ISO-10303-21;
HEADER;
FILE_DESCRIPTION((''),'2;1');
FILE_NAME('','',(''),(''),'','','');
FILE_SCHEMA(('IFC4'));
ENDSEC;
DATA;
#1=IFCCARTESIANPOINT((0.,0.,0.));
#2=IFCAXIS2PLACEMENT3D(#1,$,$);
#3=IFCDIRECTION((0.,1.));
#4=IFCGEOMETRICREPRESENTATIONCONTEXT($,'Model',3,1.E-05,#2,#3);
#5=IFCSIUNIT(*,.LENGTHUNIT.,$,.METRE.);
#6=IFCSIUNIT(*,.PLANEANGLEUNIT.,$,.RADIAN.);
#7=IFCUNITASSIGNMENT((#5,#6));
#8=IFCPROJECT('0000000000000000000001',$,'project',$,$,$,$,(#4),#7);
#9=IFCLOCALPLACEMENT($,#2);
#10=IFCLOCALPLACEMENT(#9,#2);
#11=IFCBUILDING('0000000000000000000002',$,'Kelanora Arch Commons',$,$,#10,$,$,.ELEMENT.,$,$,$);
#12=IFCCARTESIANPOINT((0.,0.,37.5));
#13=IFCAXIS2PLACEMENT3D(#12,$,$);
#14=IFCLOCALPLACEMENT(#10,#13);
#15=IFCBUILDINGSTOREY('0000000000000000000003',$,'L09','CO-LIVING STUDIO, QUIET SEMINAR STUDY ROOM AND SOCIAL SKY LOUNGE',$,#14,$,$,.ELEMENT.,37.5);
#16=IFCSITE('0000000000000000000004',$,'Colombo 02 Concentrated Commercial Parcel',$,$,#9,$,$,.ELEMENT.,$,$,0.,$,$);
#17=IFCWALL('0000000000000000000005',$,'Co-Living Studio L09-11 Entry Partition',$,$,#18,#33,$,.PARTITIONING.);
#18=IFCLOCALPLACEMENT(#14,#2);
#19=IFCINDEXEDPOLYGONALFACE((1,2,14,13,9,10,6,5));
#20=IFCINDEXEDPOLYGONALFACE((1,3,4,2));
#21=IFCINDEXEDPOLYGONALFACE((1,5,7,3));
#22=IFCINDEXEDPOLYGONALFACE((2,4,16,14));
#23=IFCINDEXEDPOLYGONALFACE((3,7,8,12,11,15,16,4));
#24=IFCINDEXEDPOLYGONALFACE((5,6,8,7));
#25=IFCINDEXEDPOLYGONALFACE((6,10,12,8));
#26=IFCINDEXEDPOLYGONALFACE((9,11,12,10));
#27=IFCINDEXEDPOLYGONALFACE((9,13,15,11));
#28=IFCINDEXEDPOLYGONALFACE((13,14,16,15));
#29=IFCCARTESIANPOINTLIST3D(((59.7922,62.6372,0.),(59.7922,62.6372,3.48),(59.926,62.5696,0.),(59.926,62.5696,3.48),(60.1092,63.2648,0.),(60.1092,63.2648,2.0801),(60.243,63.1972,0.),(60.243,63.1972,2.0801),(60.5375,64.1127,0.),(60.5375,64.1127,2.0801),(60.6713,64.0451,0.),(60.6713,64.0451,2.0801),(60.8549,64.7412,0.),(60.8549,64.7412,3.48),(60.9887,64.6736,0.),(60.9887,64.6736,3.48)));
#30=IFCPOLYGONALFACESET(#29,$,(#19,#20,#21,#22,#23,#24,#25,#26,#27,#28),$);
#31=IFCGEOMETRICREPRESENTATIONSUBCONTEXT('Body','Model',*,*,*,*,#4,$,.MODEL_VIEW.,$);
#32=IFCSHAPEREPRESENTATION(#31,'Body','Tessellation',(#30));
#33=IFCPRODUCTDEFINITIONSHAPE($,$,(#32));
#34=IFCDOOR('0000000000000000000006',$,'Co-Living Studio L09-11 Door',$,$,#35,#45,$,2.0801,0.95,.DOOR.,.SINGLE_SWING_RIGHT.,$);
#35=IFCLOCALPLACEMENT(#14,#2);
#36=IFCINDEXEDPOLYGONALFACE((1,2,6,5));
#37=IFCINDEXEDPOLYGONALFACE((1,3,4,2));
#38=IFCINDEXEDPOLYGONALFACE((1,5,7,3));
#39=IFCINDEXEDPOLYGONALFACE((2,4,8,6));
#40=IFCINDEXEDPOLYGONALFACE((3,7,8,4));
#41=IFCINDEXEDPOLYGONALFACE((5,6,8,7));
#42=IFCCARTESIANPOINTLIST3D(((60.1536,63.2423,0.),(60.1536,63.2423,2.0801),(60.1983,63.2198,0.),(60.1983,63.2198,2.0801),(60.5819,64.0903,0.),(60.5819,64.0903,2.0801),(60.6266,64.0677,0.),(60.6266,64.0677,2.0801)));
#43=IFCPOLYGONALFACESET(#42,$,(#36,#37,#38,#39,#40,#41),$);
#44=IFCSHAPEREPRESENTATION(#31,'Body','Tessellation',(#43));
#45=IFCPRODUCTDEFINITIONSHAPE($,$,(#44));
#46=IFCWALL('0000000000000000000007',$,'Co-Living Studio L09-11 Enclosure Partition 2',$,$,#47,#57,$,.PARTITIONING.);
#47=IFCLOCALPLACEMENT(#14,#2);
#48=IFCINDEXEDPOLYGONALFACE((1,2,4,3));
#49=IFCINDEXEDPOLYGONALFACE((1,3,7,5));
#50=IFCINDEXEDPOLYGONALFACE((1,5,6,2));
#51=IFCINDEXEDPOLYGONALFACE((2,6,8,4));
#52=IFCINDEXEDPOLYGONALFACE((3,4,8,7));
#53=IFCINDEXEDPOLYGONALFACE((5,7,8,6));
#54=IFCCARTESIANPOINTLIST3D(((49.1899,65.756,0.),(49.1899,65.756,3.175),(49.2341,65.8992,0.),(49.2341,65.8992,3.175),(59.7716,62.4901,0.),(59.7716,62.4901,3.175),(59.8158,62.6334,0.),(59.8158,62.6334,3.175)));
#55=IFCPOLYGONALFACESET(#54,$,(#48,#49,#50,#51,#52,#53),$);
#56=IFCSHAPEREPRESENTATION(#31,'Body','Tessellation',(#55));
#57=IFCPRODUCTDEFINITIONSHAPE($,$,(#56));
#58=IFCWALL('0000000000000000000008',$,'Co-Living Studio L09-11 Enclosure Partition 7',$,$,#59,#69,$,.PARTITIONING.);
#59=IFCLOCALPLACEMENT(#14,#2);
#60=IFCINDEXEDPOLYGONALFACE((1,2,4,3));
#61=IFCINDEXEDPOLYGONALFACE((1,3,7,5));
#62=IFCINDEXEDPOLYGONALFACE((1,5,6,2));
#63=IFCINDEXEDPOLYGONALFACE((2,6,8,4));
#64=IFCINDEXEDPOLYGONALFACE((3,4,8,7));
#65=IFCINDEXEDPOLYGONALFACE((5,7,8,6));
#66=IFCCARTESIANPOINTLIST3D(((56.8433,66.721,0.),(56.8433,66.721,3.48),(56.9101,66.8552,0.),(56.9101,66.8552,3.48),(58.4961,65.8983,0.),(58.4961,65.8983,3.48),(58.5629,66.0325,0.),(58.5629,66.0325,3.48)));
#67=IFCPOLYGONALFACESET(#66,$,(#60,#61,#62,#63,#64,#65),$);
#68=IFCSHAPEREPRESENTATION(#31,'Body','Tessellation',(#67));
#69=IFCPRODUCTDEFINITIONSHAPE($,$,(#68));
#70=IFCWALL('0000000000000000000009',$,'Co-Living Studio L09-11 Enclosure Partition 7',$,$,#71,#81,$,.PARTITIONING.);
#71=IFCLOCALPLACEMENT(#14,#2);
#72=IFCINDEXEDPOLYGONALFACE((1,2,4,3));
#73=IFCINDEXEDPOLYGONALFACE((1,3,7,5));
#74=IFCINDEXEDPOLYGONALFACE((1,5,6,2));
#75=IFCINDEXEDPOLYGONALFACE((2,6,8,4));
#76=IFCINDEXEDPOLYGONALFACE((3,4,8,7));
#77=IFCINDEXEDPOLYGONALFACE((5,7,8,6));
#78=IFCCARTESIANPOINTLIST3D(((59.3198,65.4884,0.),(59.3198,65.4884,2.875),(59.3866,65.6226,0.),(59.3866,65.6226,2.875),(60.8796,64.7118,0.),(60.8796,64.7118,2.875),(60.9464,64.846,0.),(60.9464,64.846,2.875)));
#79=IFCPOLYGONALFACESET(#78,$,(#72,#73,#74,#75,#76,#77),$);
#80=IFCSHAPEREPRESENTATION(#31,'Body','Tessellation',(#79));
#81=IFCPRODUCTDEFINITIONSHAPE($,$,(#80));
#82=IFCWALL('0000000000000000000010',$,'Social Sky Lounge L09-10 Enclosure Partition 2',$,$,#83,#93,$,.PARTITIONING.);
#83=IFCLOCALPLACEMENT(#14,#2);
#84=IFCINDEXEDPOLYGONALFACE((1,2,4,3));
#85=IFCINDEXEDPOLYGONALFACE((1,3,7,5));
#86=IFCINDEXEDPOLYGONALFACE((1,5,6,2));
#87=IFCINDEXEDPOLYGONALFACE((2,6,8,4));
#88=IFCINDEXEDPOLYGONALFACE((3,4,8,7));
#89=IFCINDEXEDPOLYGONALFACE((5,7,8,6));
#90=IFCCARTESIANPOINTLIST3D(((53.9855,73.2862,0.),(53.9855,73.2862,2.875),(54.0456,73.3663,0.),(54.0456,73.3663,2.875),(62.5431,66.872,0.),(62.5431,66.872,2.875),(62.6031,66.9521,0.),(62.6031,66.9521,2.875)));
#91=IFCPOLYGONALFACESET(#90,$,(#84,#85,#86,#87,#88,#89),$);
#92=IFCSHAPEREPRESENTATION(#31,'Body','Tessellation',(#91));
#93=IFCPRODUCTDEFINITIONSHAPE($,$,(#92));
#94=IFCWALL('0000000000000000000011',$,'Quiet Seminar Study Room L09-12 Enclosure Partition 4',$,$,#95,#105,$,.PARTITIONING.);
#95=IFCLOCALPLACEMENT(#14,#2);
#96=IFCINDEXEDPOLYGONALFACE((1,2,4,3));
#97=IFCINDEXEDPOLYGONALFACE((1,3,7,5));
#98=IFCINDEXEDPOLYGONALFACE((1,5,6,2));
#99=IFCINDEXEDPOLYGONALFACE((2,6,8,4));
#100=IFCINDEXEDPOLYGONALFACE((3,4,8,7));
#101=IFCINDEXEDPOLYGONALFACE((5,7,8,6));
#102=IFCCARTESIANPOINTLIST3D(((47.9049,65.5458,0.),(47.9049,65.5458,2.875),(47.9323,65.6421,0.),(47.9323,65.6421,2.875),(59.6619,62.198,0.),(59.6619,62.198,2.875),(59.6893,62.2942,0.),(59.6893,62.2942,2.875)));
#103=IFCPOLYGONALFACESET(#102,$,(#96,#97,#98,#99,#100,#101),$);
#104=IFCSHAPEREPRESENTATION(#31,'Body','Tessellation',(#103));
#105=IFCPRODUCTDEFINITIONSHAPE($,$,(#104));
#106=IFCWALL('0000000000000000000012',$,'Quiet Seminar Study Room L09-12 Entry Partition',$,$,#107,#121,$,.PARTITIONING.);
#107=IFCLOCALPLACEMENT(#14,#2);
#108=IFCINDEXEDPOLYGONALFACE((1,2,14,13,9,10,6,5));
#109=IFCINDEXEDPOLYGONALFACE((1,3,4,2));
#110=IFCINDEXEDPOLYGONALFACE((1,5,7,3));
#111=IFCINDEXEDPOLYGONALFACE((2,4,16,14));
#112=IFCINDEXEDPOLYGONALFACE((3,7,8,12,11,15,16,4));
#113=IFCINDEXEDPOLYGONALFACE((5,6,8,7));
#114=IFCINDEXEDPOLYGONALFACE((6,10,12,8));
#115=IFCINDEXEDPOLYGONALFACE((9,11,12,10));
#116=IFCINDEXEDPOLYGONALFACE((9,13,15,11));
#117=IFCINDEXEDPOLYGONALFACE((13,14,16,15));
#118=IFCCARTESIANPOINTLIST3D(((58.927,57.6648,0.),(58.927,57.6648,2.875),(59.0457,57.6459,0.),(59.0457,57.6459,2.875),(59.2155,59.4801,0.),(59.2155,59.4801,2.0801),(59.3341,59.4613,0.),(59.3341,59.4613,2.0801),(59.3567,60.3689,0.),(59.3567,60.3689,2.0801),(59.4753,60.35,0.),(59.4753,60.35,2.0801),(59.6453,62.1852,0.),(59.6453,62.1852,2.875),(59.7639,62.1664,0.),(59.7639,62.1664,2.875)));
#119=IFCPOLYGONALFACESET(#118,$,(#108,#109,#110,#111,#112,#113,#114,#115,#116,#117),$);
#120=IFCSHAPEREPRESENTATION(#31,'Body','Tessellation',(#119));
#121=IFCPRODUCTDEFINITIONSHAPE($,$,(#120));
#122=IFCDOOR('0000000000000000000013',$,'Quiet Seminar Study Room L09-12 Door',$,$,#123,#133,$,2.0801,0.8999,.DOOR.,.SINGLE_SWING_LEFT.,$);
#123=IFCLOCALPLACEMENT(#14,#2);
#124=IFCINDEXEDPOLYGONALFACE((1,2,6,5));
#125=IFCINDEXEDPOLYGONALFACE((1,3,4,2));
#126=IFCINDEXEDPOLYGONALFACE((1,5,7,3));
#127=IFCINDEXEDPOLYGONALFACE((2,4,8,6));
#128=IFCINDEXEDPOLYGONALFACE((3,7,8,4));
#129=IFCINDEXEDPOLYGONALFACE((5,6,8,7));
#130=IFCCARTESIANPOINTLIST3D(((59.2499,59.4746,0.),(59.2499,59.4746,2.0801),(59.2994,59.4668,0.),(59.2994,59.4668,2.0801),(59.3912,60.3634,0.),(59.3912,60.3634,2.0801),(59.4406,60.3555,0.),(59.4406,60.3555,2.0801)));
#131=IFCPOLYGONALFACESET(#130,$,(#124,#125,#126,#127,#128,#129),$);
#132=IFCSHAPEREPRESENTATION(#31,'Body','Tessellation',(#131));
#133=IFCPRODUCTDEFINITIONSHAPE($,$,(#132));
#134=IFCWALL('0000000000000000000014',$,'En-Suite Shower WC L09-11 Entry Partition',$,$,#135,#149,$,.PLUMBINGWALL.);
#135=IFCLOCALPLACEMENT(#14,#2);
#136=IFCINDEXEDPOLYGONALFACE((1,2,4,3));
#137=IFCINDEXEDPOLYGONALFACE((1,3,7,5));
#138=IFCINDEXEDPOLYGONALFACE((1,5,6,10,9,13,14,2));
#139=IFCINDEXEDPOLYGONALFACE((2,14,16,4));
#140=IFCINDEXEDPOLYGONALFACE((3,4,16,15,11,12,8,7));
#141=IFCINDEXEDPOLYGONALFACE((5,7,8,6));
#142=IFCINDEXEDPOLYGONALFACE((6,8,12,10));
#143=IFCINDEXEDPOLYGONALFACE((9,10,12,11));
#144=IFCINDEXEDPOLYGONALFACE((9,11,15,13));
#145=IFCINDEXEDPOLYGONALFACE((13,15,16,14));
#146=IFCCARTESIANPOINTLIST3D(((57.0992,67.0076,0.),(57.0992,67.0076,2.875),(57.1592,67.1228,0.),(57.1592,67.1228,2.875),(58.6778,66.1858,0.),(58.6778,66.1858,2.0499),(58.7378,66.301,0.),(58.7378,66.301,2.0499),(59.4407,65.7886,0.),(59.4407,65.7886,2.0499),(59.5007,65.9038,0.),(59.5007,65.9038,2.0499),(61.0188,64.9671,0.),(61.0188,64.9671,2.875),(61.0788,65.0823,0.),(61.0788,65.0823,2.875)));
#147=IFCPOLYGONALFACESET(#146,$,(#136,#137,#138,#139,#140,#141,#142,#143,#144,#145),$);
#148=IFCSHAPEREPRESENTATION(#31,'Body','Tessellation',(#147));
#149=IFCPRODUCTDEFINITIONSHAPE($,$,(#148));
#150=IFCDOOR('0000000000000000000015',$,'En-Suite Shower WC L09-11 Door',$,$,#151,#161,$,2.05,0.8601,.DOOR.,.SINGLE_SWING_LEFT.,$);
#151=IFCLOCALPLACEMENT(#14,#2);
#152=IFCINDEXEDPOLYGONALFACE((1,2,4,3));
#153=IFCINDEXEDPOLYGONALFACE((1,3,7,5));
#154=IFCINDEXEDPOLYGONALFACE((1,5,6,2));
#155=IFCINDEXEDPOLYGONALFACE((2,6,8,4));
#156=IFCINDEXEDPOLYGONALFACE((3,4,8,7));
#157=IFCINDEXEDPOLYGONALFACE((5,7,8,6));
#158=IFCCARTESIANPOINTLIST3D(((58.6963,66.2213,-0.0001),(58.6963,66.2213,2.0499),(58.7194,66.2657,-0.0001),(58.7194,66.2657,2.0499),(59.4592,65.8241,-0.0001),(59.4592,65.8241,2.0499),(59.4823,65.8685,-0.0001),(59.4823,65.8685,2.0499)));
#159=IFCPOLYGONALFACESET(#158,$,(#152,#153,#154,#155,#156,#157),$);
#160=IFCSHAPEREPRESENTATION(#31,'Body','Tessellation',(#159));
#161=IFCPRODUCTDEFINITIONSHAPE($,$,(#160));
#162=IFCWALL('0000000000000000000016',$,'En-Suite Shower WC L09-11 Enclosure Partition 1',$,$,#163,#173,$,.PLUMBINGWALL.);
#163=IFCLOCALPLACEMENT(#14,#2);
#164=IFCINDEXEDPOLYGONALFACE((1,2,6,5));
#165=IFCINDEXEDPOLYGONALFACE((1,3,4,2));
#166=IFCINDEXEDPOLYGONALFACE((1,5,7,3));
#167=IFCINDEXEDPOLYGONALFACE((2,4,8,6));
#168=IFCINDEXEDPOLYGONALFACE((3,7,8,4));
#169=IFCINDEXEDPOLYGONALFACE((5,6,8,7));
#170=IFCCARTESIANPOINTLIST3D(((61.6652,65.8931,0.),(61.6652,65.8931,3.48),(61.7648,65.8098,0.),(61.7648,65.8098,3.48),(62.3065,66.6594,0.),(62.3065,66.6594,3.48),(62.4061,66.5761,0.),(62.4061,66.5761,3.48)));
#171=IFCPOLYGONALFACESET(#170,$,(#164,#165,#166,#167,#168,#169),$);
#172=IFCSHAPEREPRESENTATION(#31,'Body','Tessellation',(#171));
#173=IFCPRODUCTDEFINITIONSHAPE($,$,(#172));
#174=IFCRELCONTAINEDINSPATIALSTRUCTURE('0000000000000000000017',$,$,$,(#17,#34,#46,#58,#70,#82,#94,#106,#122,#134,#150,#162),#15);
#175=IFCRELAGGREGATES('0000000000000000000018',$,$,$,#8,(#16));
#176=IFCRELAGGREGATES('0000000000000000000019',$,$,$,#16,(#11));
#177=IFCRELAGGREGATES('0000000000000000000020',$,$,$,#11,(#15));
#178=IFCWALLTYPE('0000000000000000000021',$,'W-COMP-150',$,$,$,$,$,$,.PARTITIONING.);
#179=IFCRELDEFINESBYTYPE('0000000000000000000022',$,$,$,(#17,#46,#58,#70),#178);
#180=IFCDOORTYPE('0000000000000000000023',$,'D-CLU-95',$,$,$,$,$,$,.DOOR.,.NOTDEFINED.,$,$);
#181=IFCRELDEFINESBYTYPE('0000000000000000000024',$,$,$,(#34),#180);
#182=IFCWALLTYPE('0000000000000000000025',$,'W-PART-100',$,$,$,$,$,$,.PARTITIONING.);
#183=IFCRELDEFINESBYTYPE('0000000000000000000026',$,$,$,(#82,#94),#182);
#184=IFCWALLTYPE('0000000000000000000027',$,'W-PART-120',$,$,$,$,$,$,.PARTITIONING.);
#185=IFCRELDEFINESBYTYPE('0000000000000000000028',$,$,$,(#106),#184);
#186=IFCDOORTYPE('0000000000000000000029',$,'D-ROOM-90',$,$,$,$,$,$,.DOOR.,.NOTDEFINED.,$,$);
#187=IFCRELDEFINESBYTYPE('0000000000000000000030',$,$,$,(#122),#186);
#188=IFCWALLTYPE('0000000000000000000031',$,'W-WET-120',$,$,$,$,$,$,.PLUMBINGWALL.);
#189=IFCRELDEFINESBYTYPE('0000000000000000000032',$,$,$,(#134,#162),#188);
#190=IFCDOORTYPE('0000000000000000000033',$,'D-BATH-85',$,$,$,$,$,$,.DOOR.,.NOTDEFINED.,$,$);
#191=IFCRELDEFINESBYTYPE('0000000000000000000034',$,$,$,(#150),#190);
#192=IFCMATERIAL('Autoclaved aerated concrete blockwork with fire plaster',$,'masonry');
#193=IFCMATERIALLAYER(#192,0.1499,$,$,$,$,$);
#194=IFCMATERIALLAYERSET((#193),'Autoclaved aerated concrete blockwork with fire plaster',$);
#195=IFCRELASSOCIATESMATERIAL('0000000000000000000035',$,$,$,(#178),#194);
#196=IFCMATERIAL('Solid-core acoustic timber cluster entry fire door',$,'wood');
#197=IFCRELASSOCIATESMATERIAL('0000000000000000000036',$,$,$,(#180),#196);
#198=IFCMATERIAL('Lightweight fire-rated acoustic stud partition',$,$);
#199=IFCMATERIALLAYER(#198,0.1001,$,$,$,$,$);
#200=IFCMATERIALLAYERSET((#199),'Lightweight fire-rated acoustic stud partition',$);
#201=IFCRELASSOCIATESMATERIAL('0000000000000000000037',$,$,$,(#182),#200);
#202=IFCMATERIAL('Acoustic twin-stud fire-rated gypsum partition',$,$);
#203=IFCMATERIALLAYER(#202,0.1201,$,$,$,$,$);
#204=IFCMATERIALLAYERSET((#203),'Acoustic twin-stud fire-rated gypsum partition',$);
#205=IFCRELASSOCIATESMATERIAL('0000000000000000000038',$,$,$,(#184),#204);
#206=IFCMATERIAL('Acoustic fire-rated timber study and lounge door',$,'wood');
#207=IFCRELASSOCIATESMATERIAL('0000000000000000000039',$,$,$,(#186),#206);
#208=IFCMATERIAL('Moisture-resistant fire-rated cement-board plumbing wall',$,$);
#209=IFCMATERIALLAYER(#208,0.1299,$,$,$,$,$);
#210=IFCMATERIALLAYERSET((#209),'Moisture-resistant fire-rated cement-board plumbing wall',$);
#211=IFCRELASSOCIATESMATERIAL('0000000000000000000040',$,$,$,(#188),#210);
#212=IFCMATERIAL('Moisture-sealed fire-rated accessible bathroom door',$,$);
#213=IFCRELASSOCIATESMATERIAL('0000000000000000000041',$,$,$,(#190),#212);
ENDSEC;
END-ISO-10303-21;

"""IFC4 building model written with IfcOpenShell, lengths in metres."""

from ifc_helpers import new_model, si_unit, direction, frame, frame_2d, origin, place, context, subcontext, project, spatial, rectangle, extrude, material, layer, layer_set, type_object, element, fill, save


model = new_model("IFC4")

# Units and contexts
model_context = context("Model", 3, precision=1e-05, world=origin(), true_north=direction((0.0, 1.0)))
body_context = subcontext(model_context, "Body", "Model", "MODEL_VIEW")
ifc_project = project(units=[si_unit("LENGTHUNIT", "METRE"), si_unit("PLANEANGLEUNIT", "RADIAN")], contexts=[model_context])

# Site, building, storey
site_placement = place(None, origin())
site = spatial("IfcSite", under=ifc_project, at=site_placement, Name="Colombo 02 Concentrated Commercial Parcel", CompositionType="ELEMENT", RefElevation=0.0)
building_placement = place(site_placement, origin())
building = spatial("IfcBuilding", under=site, at=building_placement, Name="Kelanora Arch Commons", CompositionType="ELEMENT")
storey_placement = place(building_placement, frame((0.0, 0.0, 37.5)))
storey = spatial("IfcBuildingStorey", under=building, at=storey_placement, Name="L09", Description="CO-LIVING STUDIO, QUIET SEMINAR STUDY ROOM AND SOCIAL SKY LOUNGE", CompositionType="ELEMENT", Elevation=37.5)

# Wall, opening, door
ifc_material_1 = material(Name="Autoclaved aerated concrete blockwork with fire plaster", Category="masonry")
ifc_layer_1 = layer(ifc_material_1, 0.1499)
ifc_layer_set_1 = layer_set([ifc_layer_1], Name="Autoclaved aerated concrete blockwork with fire plaster")
wall_type_1 = type_object("IfcWallType", Name="W-COMP-150", PredefinedType="PARTITIONING", material=ifc_layer_set_1)
wall_1_placement = place(storey_placement, frame((60.9219, 64.7075, 0.0), z_axis=(0.0, 0.0, 1.0), x_axis=(-0.450856, -0.892597, 0.0)))
wall_1 = element("IfcWall", 1, at=wall_1_placement, inside=storey, type_object=wall_type_1, Name="Co-Living Studio L09-11 Entry Partition", PredefinedType="PARTITIONING", context=body_context, shape_type="SweptSolid", body=[
    extrude(rectangle(XDim=2.3572, YDim=0.1499, at=frame_2d((1.1787, 0.0))), origin(), (0.0, 0.0, 1.0), 3.48),
])
opening_1_placement = place(wall_1_placement, frame((0.7041, 0.0, 0.0)))
opening_1 = element("IfcOpeningElement", 2, at=opening_1_placement, cuts=wall_1, PredefinedType="OPENING", context=body_context, shape_type="SweptSolid", body=[
    extrude(rectangle(XDim=0.95, YDim=2.0801, at=frame_2d((0.4751, 1.04))), frame((0.0, 0.085, 0.0), z_axis=(0.0, -1.0, 0.0), x_axis=(1.0, 0.0, 0.0)), (0.0, 0.0, 1.0), 0.1699),
])
ifc_material_2 = material(Name="Solid-core acoustic timber cluster entry fire door", Category="wood")
door_type_1 = type_object("IfcDoorType", Name="D-CLU-95", OperationType="NOTDEFINED", PredefinedType="DOOR", material=ifc_material_2)
door_1_placement = place(opening_1_placement, origin())
door_1 = element("IfcDoor", 3, at=door_1_placement, inside=storey, type_object=door_type_1, Name="Co-Living Studio L09-11 Door", OperationType="SINGLE_SWING_RIGHT", OverallHeight=2.0801, OverallWidth=0.95, PredefinedType="DOOR", context=body_context, shape_type="SweptSolid", body=[
    extrude(rectangle(XDim=0.95, YDim=2.0801, at=frame_2d((0.4751, 1.04))), frame((0.0, 0.0249, 0.0), z_axis=(0.0, -1.0, 0.0), x_axis=(1.0, 0.0, 0.0)), (0.0, 0.0, 1.0), 0.05),
])
fill(opening_1, door_1)

# Walls
wall_2_placement = place(storey_placement, frame((59.7937, 62.5618, 0.0), z_axis=(0.0, 0.0, 1.0), x_axis=(-0.955527, 0.294905, 0.0)))
element("IfcWall", 4, at=wall_2_placement, inside=storey, type_object=wall_type_1, Name="Co-Living Studio L09-11 Enclosure Partition 2", PredefinedType="PARTITIONING", context=body_context, shape_type="SweptSolid", body=[
    extrude(rectangle(XDim=11.0742, YDim=0.1499, at=frame_2d((5.5371, 0.0))), origin(), (0.0, 0.0, 1.0), 3.175),
])
wall_3_placement = place(storey_placement, frame((56.8767, 66.7881, 0.0), z_axis=(0.0, 0.0, 1.0), x_axis=(0.895219, -0.445626, 0.0)))
element("IfcWall", 5, at=wall_3_placement, inside=storey, type_object=wall_type_1, Name="Co-Living Studio L09-11 Enclosure Partition 7", PredefinedType="PARTITIONING", context=body_context, shape_type="SweptSolid", body=[
    extrude(rectangle(XDim=1.8462, YDim=0.1499, at=frame_2d((0.9231, 0.0))), origin(), (0.0, 0.0, 1.0), 3.48),
])
wall_4_placement = place(storey_placement, frame((59.3533, 65.5554, 0.0), z_axis=(0.0, 0.0, 1.0), x_axis=(0.895183, -0.4457, 0.0)))
element("IfcWall", 6, at=wall_4_placement, inside=storey, type_object=wall_type_1, Name="Co-Living Studio L09-11 Enclosure Partition 7", PredefinedType="PARTITIONING", context=body_context, shape_type="SweptSolid", body=[
    extrude(rectangle(XDim=1.7424, YDim=0.1499, at=frame_2d((0.8711, 0.0))), origin(), (0.0, 0.0, 1.0), 2.875),
])
ifc_material_3 = material(Name="Lightweight fire-rated acoustic stud partition")
ifc_layer_2 = layer(ifc_material_3, 0.1001)
ifc_layer_set_2 = layer_set([ifc_layer_2], Name="Lightweight fire-rated acoustic stud partition")
wall_type_2 = type_object("IfcWallType", Name="W-PART-100", PredefinedType="PARTITIONING", material=ifc_layer_set_2)
wall_5_placement = place(storey_placement, frame((62.573, 66.9121, 0.0), z_axis=(0.0, 0.0, 1.0), x_axis=(-0.800175, 0.599766, 0.0)))
element("IfcWall", 7, at=wall_5_placement, inside=storey, type_object=wall_type_2, Name="Social Sky Lounge L09-10 Enclosure Partition 2", PredefinedType="PARTITIONING", context=body_context, shape_type="SweptSolid", body=[
    extrude(rectangle(XDim=10.6946, YDim=0.1001, at=frame_2d((5.3472, 0.0))), origin(), (0.0, 0.0, 1.0), 2.875),
])
wall_6_placement = place(storey_placement, frame((47.9185, 65.594, 0.0), z_axis=(0.0, 0.0, 1.0), x_axis=(0.961767, -0.273869, 0.0)))
element("IfcWall", 8, at=wall_6_placement, inside=storey, type_object=wall_type_2, Name="Quiet Seminar Study Room L09-12 Enclosure Partition 4", PredefinedType="PARTITIONING", context=body_context, shape_type="SweptSolid", body=[
    extrude(rectangle(XDim=12.2244, YDim=0.1001, at=frame_2d((6.1123, 0.0))), origin(), (0.0, 0.0, 1.0), 2.875),
])

# Walls, openings, doors
ifc_material_4 = material(Name="Acoustic twin-stud fire-rated gypsum partition")
ifc_layer_3 = layer(ifc_material_4, 0.1201)
ifc_layer_set_3 = layer_set([ifc_layer_3], Name="Acoustic twin-stud fire-rated gypsum partition")
wall_type_3 = type_object("IfcWallType", Name="W-PART-120", PredefinedType="PARTITIONING", material=ifc_layer_set_3)
wall_7_placement = place(storey_placement, frame((59.7046, 62.1758, 0.0), z_axis=(0.0, 0.0, 1.0), x_axis=(-0.156921, -0.987611, 0.0)))
wall_7 = element("IfcWall", 9, at=wall_7_placement, inside=storey, type_object=wall_type_3, Name="Quiet Seminar Study Room L09-12 Entry Partition", PredefinedType="PARTITIONING", context=body_context, shape_type="SweptSolid", body=[
    extrude(rectangle(XDim=4.5771, YDim=0.1201, at=frame_2d((2.2886, 0.0))), origin(), (0.0, 0.0, 1.0), 2.875),
])
opening_2_placement = place(wall_7_placement, frame((1.8391, 0.0, 0.0)))
opening_2 = element("IfcOpeningElement", 10, at=opening_2_placement, cuts=wall_7, PredefinedType="OPENING", context=body_context, shape_type="SweptSolid", body=[
    extrude(rectangle(XDim=0.8999, YDim=2.0801, at=frame_2d((0.45, 1.04))), frame((0.0, 0.0701, 0.0), z_axis=(0.0, -1.0, 0.0), x_axis=(1.0, 0.0, 0.0)), (0.0, 0.0, 1.0), 0.1401),
])
ifc_material_5 = material(Name="Acoustic fire-rated timber study and lounge door", Category="wood")
door_type_2 = type_object("IfcDoorType", Name="D-ROOM-90", OperationType="NOTDEFINED", PredefinedType="DOOR", material=ifc_material_5)
door_2_placement = place(opening_2_placement, origin())
door_2 = element("IfcDoor", 11, at=door_2_placement, inside=storey, type_object=door_type_2, Name="Quiet Seminar Study Room L09-12 Door", OperationType="SINGLE_SWING_LEFT", OverallHeight=2.0801, OverallWidth=0.8999, PredefinedType="DOOR", context=body_context, shape_type="SweptSolid", body=[
    extrude(rectangle(XDim=0.8999, YDim=2.0801, at=frame_2d((0.45, 1.04))), frame((0.0, 0.0249, 0.0), z_axis=(0.0, -1.0, 0.0), x_axis=(1.0, 0.0, 0.0)), (0.0, 0.0, 1.0), 0.05),
])
fill(opening_2, door_2)
ifc_material_6 = material(Name="Moisture-resistant fire-rated cement-board plumbing wall")
ifc_layer_4 = layer(ifc_material_6, 0.1299)
ifc_layer_set_4 = layer_set([ifc_layer_4], Name="Moisture-resistant fire-rated cement-board plumbing wall")
wall_type_4 = type_object("IfcWallType", Name="W-WET-120", PredefinedType="PLUMBINGWALL", material=ifc_layer_set_4)
wall_8_placement = place(storey_placement, frame((61.0488, 65.0247, 0.0), z_axis=(0.0, 0.0, 1.0), x_axis=(-0.887004, 0.461761, 0.0)))
wall_8 = element("IfcWall", 12, at=wall_8_placement, inside=storey, type_object=wall_type_4, Name="En-Suite Shower WC L09-11 Entry Partition", PredefinedType="PLUMBINGWALL", context=body_context, shape_type="SweptSolid", body=[
    extrude(rectangle(XDim=4.4189, YDim=0.1299, at=frame_2d((2.2095, 0.0))), origin(), (0.0, 0.0, 1.0), 2.875),
])
opening_3_placement = place(wall_8_placement, frame((1.7791, 0.0, 0.0)))
opening_3 = element("IfcOpeningElement", 13, at=opening_3_placement, cuts=wall_8, PredefinedType="OPENING", context=body_context, shape_type="SweptSolid", body=[
    extrude(rectangle(XDim=0.8601, YDim=2.05, at=frame_2d((0.4302, 1.0249))), frame((0.0, 0.075, 0.0), z_axis=(0.0, -1.0, 0.0), x_axis=(1.0, 0.0, 0.0)), (0.0, 0.0, 1.0), 0.1499),
])
ifc_material_7 = material(Name="Moisture-sealed fire-rated accessible bathroom door")
door_type_3 = type_object("IfcDoorType", Name="D-BATH-85", OperationType="NOTDEFINED", PredefinedType="DOOR", material=ifc_material_7)
door_3_placement = place(opening_3_placement, origin())
door_3 = element("IfcDoor", 14, at=door_3_placement, inside=storey, type_object=door_type_3, Name="En-Suite Shower WC L09-11 Door", OperationType="SINGLE_SWING_LEFT", OverallHeight=2.05, OverallWidth=0.8601, PredefinedType="DOOR", context=body_context, shape_type="SweptSolid", body=[
    extrude(rectangle(XDim=0.8601, YDim=2.05, at=frame_2d((0.4302, 1.0249))), frame((0.0, 0.0249, 0.0), z_axis=(0.0, -1.0, 0.0), x_axis=(1.0, 0.0, 0.0)), (0.0, 0.0, 1.0), 0.05),
])
fill(opening_3, door_3)

# Wall
wall_9_placement = place(storey_placement, frame((62.3562, 66.6177, 0.0), z_axis=(0.0, 0.0, 1.0), x_axis=(-0.641793, -0.766878, 0.0)))
element("IfcWall", 15, at=wall_9_placement, inside=storey, type_object=wall_type_4, Name="En-Suite Shower WC L09-11 Enclosure Partition 1", PredefinedType="PLUMBINGWALL", context=body_context, shape_type="SweptSolid", body=[
    extrude(rectangle(XDim=0.9993, YDim=0.1299, at=frame_2d((0.4995, 0.0))), origin(), (0.0, 0.0, 1.0), 3.48),
])

save(model, "model.ifc")
